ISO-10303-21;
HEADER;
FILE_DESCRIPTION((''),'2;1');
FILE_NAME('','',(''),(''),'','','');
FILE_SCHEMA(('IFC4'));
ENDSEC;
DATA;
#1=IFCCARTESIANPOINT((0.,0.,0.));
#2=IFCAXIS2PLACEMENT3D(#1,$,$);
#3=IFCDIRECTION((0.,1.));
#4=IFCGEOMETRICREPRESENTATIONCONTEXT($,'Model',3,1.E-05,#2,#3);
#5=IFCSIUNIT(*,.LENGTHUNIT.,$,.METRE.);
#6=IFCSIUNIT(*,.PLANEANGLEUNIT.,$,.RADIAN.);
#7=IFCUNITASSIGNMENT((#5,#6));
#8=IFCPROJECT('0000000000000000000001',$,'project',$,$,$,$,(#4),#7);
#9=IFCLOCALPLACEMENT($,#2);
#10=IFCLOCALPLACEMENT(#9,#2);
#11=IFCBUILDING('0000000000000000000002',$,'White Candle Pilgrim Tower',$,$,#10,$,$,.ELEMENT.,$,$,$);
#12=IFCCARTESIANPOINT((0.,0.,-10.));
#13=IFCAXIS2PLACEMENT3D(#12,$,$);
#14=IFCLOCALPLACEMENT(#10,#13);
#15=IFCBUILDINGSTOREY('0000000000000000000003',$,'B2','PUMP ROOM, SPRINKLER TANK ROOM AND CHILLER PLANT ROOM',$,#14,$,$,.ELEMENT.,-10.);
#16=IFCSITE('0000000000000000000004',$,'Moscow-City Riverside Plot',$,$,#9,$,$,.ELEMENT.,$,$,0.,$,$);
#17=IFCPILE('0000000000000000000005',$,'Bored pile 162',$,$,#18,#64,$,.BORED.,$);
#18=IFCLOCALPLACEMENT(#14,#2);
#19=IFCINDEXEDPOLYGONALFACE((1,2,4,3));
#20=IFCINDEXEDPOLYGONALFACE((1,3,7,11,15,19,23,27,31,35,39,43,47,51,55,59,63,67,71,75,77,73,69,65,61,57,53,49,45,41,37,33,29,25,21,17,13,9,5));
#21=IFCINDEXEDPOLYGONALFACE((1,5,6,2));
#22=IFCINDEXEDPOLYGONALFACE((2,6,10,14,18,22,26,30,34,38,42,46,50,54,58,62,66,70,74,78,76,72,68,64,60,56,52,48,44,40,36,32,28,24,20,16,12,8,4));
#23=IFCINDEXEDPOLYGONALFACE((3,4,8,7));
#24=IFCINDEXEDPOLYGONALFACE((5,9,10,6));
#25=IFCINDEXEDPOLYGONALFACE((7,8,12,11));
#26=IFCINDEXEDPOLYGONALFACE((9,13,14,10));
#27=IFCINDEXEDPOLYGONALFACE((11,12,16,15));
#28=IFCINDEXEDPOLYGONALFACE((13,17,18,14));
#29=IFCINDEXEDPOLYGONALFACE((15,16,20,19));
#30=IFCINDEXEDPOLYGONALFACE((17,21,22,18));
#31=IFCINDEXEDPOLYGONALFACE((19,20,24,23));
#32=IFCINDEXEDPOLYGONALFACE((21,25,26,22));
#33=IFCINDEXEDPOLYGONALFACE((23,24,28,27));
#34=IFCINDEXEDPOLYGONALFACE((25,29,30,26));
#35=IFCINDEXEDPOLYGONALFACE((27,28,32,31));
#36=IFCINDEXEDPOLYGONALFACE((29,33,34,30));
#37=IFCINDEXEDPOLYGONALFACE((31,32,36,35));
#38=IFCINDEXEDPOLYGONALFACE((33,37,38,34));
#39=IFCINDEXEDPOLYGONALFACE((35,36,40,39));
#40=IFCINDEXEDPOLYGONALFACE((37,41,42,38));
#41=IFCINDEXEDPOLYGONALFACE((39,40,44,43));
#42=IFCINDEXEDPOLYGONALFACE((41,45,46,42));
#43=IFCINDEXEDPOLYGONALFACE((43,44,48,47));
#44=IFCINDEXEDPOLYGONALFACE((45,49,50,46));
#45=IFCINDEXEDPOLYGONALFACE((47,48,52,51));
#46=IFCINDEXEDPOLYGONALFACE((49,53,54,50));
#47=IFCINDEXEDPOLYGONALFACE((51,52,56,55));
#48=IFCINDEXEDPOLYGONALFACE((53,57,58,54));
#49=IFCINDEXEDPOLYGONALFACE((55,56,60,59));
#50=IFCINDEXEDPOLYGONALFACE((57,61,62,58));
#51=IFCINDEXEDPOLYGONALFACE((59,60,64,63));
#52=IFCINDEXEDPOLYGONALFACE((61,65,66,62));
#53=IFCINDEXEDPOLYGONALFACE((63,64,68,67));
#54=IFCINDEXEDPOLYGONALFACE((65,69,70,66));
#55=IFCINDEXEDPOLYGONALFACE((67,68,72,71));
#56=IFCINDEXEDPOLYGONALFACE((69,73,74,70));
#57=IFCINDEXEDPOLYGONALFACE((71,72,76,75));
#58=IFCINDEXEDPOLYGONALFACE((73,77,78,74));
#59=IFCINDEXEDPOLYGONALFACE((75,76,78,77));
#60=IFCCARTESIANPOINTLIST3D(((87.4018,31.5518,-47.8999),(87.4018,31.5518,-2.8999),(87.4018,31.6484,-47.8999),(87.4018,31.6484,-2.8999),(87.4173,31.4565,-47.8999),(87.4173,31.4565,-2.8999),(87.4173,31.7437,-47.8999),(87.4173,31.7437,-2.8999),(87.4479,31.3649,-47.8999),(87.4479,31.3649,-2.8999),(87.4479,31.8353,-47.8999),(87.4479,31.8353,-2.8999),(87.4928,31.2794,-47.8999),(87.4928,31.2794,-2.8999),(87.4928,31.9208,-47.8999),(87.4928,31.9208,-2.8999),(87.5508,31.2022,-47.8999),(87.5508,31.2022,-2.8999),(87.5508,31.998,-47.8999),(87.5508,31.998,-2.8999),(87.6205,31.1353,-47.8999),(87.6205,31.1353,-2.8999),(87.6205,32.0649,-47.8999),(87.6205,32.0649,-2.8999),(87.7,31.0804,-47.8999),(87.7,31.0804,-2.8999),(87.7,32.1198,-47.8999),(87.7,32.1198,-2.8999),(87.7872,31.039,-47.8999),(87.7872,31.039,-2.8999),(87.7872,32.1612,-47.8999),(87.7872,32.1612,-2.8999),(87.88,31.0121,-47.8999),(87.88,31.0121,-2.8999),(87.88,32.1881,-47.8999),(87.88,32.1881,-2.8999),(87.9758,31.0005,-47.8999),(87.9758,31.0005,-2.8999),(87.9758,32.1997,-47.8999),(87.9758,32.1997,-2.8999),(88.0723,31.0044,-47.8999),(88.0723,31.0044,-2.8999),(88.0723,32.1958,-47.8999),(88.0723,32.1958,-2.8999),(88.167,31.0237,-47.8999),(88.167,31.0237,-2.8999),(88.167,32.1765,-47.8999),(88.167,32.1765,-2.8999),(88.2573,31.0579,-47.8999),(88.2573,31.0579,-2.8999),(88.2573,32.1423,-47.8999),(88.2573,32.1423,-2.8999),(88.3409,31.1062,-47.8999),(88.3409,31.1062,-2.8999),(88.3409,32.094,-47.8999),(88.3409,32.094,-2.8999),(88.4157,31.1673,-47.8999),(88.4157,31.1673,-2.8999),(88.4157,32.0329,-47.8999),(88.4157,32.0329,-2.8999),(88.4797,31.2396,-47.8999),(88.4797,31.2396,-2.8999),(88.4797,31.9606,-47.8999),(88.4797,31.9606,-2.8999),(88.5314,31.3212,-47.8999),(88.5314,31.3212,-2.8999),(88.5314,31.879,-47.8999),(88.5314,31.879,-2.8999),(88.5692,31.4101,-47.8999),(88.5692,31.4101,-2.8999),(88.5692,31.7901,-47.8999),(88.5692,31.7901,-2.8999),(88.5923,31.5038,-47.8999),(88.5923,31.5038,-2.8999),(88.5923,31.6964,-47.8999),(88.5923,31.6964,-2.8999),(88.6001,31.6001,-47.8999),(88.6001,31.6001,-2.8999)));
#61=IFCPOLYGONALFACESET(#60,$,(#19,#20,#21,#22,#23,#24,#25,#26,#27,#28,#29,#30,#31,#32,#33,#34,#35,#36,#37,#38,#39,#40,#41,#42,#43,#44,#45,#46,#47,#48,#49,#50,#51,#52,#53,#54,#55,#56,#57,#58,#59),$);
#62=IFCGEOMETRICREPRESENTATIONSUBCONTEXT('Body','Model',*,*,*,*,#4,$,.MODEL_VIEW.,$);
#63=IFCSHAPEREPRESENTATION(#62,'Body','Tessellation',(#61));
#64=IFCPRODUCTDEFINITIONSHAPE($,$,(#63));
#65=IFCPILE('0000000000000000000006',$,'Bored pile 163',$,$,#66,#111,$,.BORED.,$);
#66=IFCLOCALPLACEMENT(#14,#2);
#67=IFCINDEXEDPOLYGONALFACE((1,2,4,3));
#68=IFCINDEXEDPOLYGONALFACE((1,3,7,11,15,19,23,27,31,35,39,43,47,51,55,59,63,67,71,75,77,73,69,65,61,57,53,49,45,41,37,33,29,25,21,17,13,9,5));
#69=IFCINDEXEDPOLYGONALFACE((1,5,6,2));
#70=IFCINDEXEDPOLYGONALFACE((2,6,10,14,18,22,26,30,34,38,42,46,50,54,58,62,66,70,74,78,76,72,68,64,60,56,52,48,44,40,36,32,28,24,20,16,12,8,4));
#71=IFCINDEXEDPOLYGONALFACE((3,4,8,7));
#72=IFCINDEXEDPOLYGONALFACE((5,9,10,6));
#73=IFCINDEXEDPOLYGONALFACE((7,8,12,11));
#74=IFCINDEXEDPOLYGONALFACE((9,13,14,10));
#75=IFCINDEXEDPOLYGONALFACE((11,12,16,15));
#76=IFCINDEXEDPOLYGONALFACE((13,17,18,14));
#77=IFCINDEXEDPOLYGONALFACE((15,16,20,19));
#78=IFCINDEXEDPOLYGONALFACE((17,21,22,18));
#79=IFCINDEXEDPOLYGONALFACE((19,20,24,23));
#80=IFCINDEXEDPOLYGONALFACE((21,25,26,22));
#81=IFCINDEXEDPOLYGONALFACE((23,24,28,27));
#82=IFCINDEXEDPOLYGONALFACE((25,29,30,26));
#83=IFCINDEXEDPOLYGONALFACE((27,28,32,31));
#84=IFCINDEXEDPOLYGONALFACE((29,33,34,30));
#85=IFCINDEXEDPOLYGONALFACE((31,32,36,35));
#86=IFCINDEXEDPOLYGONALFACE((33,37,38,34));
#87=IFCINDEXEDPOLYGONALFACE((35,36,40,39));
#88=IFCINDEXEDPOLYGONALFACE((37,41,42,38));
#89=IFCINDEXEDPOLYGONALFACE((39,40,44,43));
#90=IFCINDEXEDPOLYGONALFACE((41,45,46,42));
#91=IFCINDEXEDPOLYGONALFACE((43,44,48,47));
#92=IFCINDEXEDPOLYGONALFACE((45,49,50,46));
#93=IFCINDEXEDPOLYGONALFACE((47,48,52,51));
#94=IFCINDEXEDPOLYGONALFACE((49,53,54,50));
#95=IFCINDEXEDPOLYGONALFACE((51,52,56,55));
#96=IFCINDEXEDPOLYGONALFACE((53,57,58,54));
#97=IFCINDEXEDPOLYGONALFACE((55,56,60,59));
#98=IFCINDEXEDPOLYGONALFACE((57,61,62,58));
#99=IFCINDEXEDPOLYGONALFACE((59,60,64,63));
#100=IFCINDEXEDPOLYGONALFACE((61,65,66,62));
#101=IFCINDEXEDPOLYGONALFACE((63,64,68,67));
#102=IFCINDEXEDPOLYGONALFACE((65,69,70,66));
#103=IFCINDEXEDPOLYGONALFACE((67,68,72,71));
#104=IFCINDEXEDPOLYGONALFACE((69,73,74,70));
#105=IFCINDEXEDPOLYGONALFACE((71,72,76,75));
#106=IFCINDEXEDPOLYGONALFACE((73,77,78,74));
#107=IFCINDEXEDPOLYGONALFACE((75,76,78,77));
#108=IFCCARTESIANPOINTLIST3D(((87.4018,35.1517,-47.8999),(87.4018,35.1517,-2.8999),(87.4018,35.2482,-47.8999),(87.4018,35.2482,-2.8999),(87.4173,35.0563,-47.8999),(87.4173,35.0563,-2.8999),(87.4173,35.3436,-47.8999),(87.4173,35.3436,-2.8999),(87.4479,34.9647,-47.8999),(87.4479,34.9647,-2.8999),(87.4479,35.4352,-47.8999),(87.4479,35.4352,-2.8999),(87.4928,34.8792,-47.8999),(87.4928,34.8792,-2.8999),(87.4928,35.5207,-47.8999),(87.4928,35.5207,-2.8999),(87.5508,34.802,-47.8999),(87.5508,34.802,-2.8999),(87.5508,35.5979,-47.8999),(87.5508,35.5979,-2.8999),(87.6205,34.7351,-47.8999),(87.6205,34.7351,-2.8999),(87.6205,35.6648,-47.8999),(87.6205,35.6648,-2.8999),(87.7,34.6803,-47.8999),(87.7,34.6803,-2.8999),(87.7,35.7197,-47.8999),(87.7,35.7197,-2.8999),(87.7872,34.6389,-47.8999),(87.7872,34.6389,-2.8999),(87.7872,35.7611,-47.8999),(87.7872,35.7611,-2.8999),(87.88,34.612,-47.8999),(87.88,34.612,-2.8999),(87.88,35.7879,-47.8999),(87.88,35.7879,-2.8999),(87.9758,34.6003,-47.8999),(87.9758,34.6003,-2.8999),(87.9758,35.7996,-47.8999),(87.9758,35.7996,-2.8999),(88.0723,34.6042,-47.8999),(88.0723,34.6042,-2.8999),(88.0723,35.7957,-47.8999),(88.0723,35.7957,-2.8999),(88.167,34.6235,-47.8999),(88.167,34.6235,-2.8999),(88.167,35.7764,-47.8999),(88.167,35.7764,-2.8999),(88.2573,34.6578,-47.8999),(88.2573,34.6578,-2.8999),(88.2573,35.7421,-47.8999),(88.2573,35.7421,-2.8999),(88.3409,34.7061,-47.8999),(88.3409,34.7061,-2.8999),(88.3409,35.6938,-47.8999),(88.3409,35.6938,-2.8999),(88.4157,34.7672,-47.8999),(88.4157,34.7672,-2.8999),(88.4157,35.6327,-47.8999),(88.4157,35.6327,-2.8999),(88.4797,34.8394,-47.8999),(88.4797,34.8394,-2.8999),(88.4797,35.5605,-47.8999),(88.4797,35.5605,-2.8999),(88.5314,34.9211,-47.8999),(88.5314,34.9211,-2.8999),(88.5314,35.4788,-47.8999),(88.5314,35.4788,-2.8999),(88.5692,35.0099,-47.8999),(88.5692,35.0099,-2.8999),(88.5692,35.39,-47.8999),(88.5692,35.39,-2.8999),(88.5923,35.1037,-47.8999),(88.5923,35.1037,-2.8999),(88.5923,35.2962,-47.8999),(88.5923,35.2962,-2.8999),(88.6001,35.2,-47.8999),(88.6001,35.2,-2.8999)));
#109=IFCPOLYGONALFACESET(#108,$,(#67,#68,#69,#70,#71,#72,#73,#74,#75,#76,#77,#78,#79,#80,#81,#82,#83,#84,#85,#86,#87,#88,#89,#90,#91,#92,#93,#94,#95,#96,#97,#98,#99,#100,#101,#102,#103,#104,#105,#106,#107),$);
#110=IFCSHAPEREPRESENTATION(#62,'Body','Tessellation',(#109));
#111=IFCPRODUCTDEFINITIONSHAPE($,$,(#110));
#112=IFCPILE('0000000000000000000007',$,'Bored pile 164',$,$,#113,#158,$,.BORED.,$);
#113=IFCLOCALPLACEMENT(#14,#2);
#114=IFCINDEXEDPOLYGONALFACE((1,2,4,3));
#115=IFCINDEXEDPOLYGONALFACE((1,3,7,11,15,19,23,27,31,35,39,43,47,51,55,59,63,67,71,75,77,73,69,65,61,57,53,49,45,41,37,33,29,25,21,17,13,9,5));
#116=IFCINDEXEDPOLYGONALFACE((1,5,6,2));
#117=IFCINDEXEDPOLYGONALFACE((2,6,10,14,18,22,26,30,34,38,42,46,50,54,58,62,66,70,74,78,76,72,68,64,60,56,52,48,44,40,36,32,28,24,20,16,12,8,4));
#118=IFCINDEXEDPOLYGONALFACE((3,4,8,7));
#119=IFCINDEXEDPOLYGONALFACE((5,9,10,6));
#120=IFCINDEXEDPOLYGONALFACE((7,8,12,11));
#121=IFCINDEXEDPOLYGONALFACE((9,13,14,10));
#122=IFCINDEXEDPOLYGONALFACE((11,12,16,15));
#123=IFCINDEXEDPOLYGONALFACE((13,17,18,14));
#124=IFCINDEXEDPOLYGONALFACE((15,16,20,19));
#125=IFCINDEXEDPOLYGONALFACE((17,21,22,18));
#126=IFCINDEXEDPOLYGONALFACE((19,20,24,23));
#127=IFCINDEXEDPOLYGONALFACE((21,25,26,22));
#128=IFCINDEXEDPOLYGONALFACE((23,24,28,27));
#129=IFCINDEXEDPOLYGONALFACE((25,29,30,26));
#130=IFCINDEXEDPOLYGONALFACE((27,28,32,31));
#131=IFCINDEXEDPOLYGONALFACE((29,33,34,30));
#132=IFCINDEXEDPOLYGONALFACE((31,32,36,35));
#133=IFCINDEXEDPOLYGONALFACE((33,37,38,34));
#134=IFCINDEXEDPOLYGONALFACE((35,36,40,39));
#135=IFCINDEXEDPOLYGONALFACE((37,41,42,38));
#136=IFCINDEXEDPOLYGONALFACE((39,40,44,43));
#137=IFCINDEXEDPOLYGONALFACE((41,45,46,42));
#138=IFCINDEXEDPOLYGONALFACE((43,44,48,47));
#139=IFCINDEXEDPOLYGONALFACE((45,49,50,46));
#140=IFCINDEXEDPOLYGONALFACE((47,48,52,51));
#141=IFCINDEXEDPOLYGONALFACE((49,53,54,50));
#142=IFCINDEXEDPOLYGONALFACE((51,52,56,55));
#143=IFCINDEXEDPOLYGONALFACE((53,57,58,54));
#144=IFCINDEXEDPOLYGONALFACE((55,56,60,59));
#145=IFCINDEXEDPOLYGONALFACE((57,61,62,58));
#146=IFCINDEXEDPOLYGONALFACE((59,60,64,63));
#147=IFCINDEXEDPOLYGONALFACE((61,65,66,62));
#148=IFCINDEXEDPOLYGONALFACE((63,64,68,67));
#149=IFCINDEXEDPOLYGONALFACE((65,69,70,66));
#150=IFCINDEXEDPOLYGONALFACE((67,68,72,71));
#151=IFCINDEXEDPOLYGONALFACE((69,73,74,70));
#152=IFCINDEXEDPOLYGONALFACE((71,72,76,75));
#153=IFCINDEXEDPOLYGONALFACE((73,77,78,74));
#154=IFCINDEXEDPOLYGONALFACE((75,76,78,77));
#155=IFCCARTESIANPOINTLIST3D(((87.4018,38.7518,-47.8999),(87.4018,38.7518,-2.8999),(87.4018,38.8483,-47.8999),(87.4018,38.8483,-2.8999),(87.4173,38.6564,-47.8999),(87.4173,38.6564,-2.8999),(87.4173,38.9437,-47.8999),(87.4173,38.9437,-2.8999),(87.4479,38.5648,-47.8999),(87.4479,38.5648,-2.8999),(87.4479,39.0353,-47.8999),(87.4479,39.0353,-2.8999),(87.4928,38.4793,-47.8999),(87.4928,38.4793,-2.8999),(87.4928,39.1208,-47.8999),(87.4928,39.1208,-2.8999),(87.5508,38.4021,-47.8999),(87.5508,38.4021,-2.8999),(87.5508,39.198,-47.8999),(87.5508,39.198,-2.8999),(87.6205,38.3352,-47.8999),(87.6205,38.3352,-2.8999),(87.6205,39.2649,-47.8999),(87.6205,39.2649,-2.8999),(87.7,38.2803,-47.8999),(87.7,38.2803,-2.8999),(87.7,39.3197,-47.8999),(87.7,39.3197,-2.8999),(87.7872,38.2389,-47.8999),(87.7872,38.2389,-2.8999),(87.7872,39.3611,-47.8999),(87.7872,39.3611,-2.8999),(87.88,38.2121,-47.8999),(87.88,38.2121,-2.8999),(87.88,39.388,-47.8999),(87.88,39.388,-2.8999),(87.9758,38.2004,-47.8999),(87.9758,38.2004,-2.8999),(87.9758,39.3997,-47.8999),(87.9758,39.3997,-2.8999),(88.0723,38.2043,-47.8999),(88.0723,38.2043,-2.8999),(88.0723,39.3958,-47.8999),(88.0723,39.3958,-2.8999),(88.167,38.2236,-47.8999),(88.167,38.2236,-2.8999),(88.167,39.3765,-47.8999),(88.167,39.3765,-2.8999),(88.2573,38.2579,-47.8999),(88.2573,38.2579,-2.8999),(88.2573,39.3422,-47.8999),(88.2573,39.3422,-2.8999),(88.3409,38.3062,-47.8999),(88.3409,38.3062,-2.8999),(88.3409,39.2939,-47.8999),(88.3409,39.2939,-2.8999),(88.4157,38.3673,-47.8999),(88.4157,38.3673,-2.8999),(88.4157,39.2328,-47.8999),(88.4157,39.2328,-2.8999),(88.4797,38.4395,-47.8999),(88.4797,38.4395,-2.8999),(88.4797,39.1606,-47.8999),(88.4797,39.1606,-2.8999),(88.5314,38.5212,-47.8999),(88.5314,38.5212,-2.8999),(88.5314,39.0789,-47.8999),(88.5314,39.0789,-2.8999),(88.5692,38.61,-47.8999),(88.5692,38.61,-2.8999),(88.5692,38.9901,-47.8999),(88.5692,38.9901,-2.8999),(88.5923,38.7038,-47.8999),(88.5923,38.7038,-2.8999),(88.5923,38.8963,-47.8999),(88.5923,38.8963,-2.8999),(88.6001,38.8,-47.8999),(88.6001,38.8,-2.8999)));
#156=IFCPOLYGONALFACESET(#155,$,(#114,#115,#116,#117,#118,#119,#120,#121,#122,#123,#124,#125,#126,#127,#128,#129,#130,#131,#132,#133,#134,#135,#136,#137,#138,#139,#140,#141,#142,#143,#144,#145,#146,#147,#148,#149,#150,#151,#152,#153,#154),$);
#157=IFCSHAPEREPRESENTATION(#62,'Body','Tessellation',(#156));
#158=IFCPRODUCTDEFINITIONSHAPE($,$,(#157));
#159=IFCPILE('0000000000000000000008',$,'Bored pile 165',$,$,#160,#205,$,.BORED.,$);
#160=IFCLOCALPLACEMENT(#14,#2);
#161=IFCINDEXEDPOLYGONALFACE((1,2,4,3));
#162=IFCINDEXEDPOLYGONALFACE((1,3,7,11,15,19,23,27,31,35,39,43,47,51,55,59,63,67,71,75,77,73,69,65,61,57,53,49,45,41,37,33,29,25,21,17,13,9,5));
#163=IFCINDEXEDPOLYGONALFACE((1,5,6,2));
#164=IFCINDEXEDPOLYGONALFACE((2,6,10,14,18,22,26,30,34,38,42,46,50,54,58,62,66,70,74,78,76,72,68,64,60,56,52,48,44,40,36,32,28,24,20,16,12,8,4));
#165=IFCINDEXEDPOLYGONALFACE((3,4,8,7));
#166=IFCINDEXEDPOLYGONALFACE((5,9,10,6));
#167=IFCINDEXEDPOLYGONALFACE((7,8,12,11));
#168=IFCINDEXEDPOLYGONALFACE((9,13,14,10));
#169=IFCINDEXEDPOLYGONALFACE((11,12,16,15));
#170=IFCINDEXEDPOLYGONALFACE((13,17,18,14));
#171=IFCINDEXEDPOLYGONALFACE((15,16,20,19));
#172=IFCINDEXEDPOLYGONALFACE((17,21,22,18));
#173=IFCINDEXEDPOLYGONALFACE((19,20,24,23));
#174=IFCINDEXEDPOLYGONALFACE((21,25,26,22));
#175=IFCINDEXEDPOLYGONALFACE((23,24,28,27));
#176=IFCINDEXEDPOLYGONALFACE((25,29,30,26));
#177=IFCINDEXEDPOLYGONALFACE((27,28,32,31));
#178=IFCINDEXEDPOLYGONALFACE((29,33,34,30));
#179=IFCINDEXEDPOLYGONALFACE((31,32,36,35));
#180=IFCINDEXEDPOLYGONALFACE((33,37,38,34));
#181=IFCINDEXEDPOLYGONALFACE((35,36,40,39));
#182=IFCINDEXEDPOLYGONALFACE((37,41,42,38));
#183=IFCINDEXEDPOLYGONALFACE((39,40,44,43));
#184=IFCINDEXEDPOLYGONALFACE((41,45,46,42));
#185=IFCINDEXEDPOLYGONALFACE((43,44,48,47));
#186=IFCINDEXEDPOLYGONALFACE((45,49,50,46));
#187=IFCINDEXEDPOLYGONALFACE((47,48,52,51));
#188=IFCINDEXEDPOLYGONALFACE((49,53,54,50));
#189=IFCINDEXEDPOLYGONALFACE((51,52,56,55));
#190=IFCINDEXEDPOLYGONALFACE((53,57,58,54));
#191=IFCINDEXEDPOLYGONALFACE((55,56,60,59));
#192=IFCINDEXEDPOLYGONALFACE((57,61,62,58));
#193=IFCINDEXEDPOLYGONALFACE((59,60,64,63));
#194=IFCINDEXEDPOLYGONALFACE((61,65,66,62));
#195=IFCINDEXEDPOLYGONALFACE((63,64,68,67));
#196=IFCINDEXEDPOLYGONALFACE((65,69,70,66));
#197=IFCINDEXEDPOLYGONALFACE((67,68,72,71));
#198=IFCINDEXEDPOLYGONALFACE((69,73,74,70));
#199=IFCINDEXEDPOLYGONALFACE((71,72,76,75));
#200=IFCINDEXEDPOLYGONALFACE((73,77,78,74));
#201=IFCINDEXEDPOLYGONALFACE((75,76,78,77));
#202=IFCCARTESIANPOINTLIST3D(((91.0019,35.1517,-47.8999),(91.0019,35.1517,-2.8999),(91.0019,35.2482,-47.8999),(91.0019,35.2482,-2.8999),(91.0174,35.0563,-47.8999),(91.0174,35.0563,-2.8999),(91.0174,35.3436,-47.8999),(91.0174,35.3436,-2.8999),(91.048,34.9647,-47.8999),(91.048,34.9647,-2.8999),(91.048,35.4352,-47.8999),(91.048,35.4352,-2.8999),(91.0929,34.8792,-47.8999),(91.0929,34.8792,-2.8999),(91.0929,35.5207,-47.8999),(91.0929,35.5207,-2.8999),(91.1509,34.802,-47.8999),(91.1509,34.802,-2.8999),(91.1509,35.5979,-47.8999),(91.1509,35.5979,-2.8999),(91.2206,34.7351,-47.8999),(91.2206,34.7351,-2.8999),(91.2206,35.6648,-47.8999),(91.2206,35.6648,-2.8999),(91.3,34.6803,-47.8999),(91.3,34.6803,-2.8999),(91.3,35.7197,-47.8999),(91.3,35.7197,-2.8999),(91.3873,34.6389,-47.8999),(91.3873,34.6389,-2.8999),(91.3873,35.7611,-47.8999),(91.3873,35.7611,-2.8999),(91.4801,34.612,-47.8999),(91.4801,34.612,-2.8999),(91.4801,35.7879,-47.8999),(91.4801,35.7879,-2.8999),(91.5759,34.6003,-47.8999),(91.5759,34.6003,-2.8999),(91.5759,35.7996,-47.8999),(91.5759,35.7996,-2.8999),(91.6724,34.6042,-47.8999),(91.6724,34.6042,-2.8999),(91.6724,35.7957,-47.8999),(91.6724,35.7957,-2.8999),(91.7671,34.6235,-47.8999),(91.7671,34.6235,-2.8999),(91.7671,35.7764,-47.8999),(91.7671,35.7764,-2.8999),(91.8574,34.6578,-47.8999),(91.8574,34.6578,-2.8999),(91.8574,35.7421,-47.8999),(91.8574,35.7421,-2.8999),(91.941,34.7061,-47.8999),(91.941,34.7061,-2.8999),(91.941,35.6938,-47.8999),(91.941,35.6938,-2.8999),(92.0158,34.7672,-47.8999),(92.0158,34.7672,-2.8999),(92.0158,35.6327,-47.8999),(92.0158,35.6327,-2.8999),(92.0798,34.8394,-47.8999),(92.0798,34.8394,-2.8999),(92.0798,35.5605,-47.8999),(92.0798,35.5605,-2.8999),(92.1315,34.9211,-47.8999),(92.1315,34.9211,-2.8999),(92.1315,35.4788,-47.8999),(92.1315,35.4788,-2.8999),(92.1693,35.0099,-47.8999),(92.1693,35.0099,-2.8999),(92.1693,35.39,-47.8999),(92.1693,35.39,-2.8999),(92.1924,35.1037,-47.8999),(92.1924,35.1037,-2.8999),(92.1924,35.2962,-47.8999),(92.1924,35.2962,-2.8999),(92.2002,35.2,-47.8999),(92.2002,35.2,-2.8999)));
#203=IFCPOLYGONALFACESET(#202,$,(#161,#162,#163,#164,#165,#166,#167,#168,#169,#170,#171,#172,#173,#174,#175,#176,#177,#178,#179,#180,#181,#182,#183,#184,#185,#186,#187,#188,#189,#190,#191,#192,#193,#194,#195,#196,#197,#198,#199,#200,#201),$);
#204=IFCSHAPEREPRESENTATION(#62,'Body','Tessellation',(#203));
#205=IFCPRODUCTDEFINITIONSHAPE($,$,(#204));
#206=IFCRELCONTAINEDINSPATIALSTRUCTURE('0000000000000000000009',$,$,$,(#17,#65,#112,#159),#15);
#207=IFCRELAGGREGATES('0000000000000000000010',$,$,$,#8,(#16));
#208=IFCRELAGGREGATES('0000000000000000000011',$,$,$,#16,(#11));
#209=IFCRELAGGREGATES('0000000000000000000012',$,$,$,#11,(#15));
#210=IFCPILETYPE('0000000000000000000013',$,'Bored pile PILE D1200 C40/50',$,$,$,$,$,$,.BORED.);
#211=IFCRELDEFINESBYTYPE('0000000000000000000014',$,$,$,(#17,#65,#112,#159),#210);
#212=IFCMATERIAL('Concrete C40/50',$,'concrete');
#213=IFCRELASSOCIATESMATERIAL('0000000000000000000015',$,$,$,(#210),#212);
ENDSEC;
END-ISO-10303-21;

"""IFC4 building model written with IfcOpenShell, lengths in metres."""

from ifc_helpers import new_model, si_unit, direction, frame, origin, origin_2d, place, context, subcontext, project, spatial, circle, extrude, material, material_profile, profile_set, type_object, element, save


model = new_model("IFC4")

# Units and contexts
model_context = context("Model", 3, precision=1e-05, world=origin(), true_north=direction((0.0, 1.0)))
body_context = subcontext(model_context, "Body", "Model", "MODEL_VIEW")
ifc_project = project(units=[si_unit("LENGTHUNIT", "METRE"), si_unit("PLANEANGLEUNIT", "RADIAN")], contexts=[model_context])

# Site, building, storey
site_placement = place(None, origin())
site = spatial("IfcSite", under=ifc_project, at=site_placement, Name="Moscow-City Riverside Plot", CompositionType="ELEMENT", RefElevation=0.0)
building_placement = place(site_placement, origin())
building = spatial("IfcBuilding", under=site, at=building_placement, Name="White Candle Pilgrim Tower", CompositionType="ELEMENT")
storey_placement = place(building_placement, frame((0.0, 0.0, -10.0)))
storey = spatial("IfcBuildingStorey", under=building, at=storey_placement, Name="B2", Description="PUMP ROOM, SPRINKLER TANK ROOM AND CHILLER PLANT ROOM", CompositionType="ELEMENT", Elevation=-10.0)

# Piles
ifc_material_1 = material(Name="Concrete C40/50", Category="concrete")
ifc_material_profile_1 = material_profile(ifc_material_1, circle(Radius=0.6001, at=origin_2d()), Name="PILE D1200")
ifc_profile_set_1 = profile_set([ifc_material_profile_1], Name="Concrete C40/50")
pile_type_1 = type_object("IfcPileType", Name="Bored pile PILE D1200 C40/50", PredefinedType="BORED", material=ifc_profile_set_1)
for number, where, z_axis, x_axis, name in (
    (1, (88.0, 31.6001, -2.8999), (0.0, 0.0, -1.0), (1.0, 0.0, 0.0), "Bored pile 162"),
    (2, (88.0, 35.2, -2.8999), (0.0, 0.0, -1.0), (1.0, 0.0, 0.0), "Bored pile 163"),
    (3, (88.0, 38.8, -2.8999), (0.0, 0.0, -1.0), (1.0, 0.0, 0.0), "Bored pile 164"),
    (4, (91.6001, 35.2, -2.8999), (0.0, 0.0, -1.0), (1.0, 0.0, 0.0), "Bored pile 165"),
):
    element("IfcPile", number, at=place(storey_placement, frame(where, z_axis=z_axis, x_axis=x_axis)), inside=storey, type_object=pile_type_1, Name=name, PredefinedType="BORED", context=body_context, shape_type="SweptSolid", body=[
        extrude(circle(Radius=0.6001, at=origin_2d()), origin(), (0.0, 0.0, 1.0), 45.0),
    ])

save(model, "model.ifc")
